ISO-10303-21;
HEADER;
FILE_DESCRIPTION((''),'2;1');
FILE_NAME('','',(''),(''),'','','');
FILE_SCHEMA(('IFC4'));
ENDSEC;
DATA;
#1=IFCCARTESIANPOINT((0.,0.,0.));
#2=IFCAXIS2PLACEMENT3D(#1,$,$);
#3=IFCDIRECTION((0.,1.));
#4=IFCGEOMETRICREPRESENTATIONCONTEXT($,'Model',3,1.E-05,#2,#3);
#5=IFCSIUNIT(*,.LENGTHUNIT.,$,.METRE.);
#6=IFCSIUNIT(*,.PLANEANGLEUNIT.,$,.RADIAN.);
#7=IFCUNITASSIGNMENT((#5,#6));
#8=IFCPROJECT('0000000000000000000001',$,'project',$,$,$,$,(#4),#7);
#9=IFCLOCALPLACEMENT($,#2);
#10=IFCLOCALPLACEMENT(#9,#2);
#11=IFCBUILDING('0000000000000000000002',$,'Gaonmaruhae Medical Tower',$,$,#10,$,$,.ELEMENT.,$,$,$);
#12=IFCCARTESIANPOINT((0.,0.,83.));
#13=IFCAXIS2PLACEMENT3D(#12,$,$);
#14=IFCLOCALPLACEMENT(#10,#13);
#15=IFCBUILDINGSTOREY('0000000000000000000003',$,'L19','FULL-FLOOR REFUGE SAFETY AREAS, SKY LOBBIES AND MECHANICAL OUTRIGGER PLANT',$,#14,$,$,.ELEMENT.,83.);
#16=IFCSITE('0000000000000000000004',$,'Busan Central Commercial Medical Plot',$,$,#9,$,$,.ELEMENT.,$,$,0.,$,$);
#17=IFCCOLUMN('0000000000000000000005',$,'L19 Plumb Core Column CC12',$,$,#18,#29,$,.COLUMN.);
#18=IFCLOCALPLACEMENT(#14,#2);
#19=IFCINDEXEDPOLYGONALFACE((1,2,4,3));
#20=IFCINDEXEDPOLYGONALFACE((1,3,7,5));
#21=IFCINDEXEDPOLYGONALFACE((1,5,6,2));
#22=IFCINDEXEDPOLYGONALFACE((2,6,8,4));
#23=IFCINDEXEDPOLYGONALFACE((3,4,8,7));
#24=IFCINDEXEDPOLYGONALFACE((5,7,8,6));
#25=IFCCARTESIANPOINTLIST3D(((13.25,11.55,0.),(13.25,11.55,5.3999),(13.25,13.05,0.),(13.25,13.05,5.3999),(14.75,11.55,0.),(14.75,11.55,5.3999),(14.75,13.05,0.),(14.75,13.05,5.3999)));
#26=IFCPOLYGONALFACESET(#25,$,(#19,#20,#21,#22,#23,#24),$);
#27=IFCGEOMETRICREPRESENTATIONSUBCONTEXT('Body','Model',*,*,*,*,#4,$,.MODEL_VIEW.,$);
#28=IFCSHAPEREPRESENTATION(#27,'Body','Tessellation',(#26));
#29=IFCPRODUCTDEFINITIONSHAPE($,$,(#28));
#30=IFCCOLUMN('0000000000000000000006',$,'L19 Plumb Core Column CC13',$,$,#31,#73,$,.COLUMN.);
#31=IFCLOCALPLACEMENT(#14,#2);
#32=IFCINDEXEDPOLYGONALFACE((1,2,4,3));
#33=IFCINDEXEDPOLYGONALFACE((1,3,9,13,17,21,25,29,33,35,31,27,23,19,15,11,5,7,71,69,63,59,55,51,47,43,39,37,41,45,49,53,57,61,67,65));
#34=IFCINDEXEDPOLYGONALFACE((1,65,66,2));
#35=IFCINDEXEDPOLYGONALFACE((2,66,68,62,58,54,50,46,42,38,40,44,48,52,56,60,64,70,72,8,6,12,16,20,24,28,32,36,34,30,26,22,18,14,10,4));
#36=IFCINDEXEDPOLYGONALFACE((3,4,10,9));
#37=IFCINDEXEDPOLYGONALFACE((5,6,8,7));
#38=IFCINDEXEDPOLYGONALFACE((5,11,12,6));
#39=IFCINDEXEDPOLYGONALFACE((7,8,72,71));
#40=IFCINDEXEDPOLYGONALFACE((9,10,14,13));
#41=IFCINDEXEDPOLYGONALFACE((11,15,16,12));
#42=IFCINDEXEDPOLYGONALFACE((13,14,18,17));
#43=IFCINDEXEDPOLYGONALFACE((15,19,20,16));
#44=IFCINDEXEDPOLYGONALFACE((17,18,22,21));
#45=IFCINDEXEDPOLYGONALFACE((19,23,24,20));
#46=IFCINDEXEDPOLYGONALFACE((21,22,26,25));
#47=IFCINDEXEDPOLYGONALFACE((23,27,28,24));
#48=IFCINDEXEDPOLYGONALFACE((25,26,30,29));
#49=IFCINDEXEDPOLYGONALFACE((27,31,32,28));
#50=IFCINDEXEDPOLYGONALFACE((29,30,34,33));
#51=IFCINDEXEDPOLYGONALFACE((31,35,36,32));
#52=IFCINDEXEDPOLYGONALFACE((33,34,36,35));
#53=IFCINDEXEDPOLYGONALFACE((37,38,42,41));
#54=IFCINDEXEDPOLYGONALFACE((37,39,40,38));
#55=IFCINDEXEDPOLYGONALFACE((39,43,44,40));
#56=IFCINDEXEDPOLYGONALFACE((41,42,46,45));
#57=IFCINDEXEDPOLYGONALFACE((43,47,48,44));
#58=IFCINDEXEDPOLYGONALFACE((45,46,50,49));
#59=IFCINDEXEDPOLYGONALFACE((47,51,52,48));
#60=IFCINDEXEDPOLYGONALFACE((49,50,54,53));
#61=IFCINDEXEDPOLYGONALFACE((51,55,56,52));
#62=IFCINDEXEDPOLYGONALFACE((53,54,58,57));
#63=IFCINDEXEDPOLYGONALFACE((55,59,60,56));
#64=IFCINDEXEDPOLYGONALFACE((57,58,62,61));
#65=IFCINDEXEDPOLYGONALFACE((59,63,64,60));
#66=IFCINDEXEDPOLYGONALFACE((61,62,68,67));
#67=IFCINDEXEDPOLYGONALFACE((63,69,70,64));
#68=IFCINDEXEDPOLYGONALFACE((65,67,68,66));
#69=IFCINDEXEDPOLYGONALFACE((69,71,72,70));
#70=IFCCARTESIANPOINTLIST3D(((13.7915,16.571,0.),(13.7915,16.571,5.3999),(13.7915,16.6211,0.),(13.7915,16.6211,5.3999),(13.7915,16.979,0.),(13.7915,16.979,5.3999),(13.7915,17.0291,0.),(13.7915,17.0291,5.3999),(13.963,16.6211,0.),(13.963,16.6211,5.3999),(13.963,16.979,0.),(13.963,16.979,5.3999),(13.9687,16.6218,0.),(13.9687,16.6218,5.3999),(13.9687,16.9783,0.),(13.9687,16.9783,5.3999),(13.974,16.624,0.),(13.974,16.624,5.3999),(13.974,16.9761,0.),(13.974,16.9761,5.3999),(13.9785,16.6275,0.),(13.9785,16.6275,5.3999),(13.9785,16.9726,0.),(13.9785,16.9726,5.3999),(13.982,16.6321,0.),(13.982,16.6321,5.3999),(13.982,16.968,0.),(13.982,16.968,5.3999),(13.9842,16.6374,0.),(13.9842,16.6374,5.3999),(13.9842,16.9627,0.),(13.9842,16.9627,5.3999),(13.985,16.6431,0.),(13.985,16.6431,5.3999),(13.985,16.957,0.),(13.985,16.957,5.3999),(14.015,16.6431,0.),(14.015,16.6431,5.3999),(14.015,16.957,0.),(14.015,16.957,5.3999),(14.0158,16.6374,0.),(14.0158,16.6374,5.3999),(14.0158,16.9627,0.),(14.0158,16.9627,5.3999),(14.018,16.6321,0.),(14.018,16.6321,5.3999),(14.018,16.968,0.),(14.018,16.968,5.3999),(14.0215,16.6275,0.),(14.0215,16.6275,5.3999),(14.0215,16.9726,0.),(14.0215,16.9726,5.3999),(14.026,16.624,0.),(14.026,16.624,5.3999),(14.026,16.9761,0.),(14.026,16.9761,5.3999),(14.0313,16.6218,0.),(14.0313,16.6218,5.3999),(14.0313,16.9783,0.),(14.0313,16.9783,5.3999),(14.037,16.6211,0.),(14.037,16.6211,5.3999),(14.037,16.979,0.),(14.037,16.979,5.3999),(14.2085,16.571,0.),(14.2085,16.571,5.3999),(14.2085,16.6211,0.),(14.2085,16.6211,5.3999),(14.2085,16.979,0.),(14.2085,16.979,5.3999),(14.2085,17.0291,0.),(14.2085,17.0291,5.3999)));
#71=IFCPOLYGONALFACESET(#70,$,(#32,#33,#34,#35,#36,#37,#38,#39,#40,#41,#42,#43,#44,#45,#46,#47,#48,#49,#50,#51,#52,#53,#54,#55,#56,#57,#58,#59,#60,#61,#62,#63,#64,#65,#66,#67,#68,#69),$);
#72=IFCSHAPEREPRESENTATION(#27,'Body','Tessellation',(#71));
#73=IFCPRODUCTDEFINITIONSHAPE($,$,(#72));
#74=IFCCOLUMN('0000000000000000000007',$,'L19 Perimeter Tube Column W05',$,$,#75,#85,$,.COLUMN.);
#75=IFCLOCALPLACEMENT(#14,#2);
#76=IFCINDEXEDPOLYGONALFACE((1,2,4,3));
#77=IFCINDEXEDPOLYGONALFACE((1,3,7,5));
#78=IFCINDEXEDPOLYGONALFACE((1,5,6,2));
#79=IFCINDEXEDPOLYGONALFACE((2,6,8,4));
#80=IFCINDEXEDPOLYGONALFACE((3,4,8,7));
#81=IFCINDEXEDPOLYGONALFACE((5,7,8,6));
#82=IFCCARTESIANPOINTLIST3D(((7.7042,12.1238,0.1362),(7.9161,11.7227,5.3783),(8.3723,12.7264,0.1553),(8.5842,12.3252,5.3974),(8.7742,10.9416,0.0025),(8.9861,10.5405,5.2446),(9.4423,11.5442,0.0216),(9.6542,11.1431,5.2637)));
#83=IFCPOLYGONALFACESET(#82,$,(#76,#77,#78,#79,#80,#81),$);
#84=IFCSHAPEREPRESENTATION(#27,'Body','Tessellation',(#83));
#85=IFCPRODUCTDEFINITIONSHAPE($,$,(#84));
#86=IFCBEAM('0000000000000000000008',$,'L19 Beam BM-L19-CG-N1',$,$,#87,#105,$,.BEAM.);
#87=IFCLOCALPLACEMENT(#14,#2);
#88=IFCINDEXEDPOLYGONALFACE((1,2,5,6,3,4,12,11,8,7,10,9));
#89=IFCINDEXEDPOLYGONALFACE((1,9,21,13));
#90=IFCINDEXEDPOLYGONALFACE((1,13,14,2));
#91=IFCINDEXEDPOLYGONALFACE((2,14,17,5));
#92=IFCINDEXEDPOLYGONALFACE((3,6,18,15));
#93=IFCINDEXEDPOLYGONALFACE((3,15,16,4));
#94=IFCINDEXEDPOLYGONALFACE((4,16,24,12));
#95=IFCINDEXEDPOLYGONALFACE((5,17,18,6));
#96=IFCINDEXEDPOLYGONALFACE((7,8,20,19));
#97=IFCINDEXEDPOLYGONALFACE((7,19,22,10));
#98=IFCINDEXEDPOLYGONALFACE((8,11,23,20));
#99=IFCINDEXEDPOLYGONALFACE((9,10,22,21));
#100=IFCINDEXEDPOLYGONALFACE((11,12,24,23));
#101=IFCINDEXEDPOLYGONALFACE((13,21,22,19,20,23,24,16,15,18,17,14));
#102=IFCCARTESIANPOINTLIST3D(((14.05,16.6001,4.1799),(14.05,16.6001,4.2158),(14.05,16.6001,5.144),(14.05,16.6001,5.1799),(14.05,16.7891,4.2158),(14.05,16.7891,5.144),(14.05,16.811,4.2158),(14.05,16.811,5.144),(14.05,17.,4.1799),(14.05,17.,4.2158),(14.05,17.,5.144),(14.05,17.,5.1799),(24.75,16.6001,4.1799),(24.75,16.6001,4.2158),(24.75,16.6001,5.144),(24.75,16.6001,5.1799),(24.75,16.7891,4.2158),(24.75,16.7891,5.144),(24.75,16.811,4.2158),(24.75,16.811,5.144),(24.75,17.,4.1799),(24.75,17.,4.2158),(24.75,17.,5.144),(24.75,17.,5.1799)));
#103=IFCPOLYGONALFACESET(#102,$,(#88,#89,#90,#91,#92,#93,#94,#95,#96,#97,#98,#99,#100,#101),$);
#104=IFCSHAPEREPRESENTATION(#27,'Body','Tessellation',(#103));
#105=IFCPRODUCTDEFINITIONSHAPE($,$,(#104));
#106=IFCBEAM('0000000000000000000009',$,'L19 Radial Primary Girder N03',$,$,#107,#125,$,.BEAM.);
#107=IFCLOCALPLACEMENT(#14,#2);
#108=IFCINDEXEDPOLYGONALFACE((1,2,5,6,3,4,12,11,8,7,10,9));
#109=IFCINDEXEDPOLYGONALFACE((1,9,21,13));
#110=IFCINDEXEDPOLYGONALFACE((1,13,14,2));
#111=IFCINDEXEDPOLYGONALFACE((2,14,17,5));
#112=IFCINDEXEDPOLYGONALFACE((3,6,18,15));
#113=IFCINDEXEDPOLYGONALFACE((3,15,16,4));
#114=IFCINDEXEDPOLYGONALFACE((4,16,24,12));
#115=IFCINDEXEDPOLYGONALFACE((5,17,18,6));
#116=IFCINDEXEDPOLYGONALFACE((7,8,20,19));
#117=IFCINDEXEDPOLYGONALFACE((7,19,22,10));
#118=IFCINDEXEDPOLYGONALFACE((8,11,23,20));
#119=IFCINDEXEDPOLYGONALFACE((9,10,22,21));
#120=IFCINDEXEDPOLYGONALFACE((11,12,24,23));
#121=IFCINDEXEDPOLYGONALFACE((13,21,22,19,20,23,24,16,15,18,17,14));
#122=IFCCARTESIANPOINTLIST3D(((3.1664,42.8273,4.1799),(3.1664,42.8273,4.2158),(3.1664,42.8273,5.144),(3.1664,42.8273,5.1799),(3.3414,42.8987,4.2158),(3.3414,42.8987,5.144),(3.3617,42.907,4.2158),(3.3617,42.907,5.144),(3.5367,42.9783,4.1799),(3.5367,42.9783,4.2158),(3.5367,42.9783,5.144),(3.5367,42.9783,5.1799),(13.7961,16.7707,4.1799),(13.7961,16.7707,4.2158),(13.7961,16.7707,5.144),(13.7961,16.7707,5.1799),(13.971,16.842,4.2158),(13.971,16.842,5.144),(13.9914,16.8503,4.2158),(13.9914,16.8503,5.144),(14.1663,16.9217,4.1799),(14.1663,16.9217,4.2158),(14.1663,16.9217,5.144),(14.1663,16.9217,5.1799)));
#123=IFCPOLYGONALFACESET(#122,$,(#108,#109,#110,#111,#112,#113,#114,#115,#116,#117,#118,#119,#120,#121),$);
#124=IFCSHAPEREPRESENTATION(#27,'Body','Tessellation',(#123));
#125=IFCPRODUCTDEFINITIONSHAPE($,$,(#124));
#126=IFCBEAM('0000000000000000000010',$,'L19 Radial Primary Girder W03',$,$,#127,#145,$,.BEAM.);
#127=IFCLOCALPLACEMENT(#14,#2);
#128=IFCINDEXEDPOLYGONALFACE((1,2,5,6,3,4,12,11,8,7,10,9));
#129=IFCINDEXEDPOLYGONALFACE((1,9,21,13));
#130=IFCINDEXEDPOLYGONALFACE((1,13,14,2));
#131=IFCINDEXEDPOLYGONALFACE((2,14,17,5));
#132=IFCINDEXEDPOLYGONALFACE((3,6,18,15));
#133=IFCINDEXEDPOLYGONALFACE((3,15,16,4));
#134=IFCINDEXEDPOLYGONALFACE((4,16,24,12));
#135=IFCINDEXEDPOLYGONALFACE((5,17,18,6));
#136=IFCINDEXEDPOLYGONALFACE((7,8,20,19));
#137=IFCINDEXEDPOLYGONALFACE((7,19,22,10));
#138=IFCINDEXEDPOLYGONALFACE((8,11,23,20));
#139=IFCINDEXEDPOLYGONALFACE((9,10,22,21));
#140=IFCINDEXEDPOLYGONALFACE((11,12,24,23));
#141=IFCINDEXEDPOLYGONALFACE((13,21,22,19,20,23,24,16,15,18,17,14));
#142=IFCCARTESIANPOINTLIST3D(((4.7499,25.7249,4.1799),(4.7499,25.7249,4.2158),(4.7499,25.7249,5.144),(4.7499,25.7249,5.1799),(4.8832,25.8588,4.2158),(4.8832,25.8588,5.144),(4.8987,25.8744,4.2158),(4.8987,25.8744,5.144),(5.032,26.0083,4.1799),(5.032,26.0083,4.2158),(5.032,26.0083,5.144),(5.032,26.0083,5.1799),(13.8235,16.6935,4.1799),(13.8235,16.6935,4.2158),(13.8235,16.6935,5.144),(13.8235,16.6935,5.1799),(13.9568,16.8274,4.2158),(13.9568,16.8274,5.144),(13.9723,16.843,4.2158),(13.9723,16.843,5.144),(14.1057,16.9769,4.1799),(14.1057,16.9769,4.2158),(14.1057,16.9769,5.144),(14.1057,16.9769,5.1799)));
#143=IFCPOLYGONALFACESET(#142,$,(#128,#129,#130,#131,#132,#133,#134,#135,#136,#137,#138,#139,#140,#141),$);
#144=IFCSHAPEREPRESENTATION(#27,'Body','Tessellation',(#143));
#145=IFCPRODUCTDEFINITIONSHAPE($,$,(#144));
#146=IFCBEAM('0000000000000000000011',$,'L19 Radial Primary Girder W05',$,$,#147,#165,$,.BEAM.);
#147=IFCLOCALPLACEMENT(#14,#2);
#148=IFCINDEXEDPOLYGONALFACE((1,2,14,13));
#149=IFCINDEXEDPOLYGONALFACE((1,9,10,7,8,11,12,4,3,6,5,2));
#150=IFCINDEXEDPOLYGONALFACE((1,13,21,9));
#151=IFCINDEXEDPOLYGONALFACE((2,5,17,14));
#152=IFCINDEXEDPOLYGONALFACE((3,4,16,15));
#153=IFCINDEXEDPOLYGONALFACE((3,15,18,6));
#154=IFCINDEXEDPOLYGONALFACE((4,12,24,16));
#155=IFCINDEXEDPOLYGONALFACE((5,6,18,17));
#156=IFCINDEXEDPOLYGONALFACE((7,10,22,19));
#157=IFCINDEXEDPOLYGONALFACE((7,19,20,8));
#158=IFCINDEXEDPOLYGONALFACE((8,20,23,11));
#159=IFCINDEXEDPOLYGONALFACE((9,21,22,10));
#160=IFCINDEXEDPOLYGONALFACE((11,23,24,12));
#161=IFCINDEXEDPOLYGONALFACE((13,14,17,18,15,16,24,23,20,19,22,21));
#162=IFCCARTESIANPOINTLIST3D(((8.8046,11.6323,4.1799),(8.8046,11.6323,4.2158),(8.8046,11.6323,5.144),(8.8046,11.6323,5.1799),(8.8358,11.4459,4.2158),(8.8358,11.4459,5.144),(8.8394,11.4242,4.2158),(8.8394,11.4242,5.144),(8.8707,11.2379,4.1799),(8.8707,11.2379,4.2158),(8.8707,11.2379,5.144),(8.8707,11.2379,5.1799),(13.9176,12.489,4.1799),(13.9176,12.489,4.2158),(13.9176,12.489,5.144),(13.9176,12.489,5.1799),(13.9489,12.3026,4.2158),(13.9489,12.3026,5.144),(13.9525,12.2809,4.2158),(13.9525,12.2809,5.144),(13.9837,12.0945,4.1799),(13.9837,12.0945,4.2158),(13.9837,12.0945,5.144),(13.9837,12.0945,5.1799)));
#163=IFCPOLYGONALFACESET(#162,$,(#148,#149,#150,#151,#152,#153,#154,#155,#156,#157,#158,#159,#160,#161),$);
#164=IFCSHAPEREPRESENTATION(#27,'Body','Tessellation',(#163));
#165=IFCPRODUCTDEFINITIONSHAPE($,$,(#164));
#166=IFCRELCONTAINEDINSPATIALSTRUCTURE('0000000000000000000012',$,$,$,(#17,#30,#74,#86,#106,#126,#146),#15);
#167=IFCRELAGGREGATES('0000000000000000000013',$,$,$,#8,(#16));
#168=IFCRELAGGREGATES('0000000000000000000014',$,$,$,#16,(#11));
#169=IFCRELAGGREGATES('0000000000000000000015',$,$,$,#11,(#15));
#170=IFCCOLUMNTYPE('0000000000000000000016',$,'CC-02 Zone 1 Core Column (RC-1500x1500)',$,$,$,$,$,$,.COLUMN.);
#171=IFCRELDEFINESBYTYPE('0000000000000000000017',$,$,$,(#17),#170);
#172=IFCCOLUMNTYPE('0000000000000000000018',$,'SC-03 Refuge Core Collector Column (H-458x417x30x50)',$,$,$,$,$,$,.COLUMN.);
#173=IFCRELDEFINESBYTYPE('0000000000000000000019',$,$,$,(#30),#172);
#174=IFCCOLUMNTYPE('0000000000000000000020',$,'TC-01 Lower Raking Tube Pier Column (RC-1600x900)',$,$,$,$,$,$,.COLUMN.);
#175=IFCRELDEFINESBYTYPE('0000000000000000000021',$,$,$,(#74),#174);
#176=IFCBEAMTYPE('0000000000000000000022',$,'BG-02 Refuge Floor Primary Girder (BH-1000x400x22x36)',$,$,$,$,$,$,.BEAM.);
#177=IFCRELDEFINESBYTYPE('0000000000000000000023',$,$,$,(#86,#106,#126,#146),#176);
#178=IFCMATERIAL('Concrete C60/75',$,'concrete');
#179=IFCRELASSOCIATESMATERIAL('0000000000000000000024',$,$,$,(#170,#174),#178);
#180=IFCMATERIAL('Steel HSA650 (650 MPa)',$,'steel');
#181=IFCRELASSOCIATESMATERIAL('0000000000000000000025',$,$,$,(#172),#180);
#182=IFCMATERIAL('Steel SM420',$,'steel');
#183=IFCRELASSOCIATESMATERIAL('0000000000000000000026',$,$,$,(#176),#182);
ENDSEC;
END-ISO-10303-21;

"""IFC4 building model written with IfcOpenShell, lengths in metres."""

from ifc_helpers import new_model, si_unit, direction, frame, origin, origin_2d, place, context, subcontext, project, spatial, rectangle, i_section, extrude, material, material_profile, profile_set, type_object, element, save


model = new_model("IFC4")

# Units and contexts
model_context = context("Model", 3, precision=1e-05, world=origin(), true_north=direction((0.0, 1.0)))
body_context = subcontext(model_context, "Body", "Model", "MODEL_VIEW")
ifc_project = project(units=[si_unit("LENGTHUNIT", "METRE"), si_unit("PLANEANGLEUNIT", "RADIAN")], contexts=[model_context])

# Site, building, storey
site_placement = place(None, origin())
site = spatial("IfcSite", under=ifc_project, at=site_placement, Name="Busan Central Commercial Medical Plot", CompositionType="ELEMENT", RefElevation=0.0)
building_placement = place(site_placement, origin())
building = spatial("IfcBuilding", under=site, at=building_placement, Name="Gaonmaruhae Medical Tower", CompositionType="ELEMENT")
storey_placement = place(building_placement, frame((0.0, 0.0, 83.0)))
storey = spatial("IfcBuildingStorey", under=building, at=storey_placement, Name="L19", Description="FULL-FLOOR REFUGE SAFETY AREAS, SKY LOBBIES AND MECHANICAL OUTRIGGER PLANT", CompositionType="ELEMENT", Elevation=83.0)

# Columns
ifc_material_1 = material(Name="Concrete C60/75", Category="concrete")
ifc_material_profile_1 = material_profile(ifc_material_1, rectangle(XDim=1.5, YDim=1.5, at=origin_2d()), Name="RC-1500x1500")
ifc_profile_set_1 = profile_set([ifc_material_profile_1], Name="Concrete C60/75")
column_type_1 = type_object("IfcColumnType", Name="CC-02 Zone 1 Core Column (RC-1500x1500)", PredefinedType="COLUMN", material=ifc_profile_set_1)
column_1_placement = place(storey_placement, frame((14.0, 12.3, 0.0), z_axis=(0.0, 0.0, 1.0), x_axis=(1.0, 0.0, 0.0)))
element("IfcColumn", 1, at=column_1_placement, inside=storey, type_object=column_type_1, Name="L19 Plumb Core Column CC12", PredefinedType="COLUMN", context=body_context, shape_type="SweptSolid", body=[
    extrude(rectangle(XDim=1.5, YDim=1.5, at=origin_2d()), origin(), (0.0, 0.0, 1.0), 5.3999),
])
ifc_material_2 = material(Name="Steel HSA650 (650 MPa)", Category="steel")
ifc_material_profile_2 = material_profile(ifc_material_2, i_section(OverallWidth=0.417, OverallDepth=0.458, WebThickness=0.03, FlangeThickness=0.05, FilletRadius=0.022, at=origin_2d()), Name="H-458x417x30x50")
ifc_profile_set_2 = profile_set([ifc_material_profile_2], Name="Steel HSA650 (650 MPa)")
column_type_2 = type_object("IfcColumnType", Name="SC-03 Refuge Core Collector Column (H-458x417x30x50)", PredefinedType="COLUMN", material=ifc_profile_set_2)
column_2_placement = place(storey_placement, frame((14.0, 16.8, 0.0), z_axis=(0.0, 0.0, 1.0), x_axis=(1.0, 0.0, 0.0)))
element("IfcColumn", 2, at=column_2_placement, inside=storey, type_object=column_type_2, Name="L19 Plumb Core Column CC13", PredefinedType="COLUMN", context=body_context, shape_type="SweptSolid", body=[
    extrude(i_section(OverallWidth=0.417, OverallDepth=0.458, WebThickness=0.03, FlangeThickness=0.05, FilletRadius=0.022, at=origin_2d()), origin(), (0.0, 0.0, 1.0), 5.3999),
])
ifc_material_profile_3 = material_profile(ifc_material_1, rectangle(XDim=1.6001, YDim=0.8999, at=origin_2d()), Name="RC-1600x900")
ifc_profile_set_3 = profile_set([ifc_material_profile_3], Name="Concrete C60/75")
column_type_3 = type_object("IfcColumnType", Name="TC-01 Lower Raking Tube Pier Column (RC-1600x900)", PredefinedType="COLUMN", material=ifc_profile_set_3)
column_3_placement = place(storey_placement, frame((8.5732, 11.834, 0.0789), z_axis=(0.040274, -0.076233, 0.996276), x_axis=(-0.668709, 0.738813, 0.083565)))
element("IfcColumn", 3, at=column_3_placement, inside=storey, type_object=column_type_3, Name="L19 Perimeter Tube Column W05", PredefinedType="COLUMN", context=body_context, shape_type="SweptSolid", body=[
    extrude(rectangle(XDim=1.6001, YDim=0.8999, at=origin_2d()), origin(), (0.0, 0.0, 1.0), 5.2617),
])

# Beams
ifc_material_3 = material(Name="Steel SM420", Category="steel")
ifc_material_profile_4 = material_profile(ifc_material_3, i_section(OverallWidth=0.3999, OverallDepth=1.0, WebThickness=0.022, FlangeThickness=0.0359, at=origin_2d()), Name="BH-1000x400x22x36")
ifc_profile_set_4 = profile_set([ifc_material_profile_4], Name="Steel SM420")
beam_type_1 = type_object("IfcBeamType", Name="BG-02 Refuge Floor Primary Girder (BH-1000x400x22x36)", PredefinedType="BEAM", material=ifc_profile_set_4)
beam_1_placement = place(storey_placement, frame((14.05, 16.8, 4.6799), z_axis=(1.0, 0.0, 0.0), x_axis=(0.0, 1.0, 0.0)))
element("IfcBeam", 4, at=beam_1_placement, inside=storey, type_object=beam_type_1, Name="L19 Beam BM-L19-CG-N1", PredefinedType="BEAM", context=body_context, shape_type="SweptSolid", body=[
    extrude(i_section(OverallWidth=0.3999, OverallDepth=1.0, WebThickness=0.022, FlangeThickness=0.0359, at=origin_2d()), origin(), (0.0, 0.0, 1.0), 10.7),
])
beam_2_placement = place(storey_placement, frame((13.9812, 16.8462, 4.6799), z_axis=(-0.377723, 0.925919, 0.0), x_axis=(-0.925919, -0.377723, 0.0)))
element("IfcBeam", 5, at=beam_2_placement, inside=storey, type_object=beam_type_1, Name="L19 Radial Primary Girder N03", PredefinedType="BEAM", context=body_context, shape_type="SweptSolid", body=[
    extrude(i_section(OverallWidth=0.3999, OverallDepth=1.0, WebThickness=0.022, FlangeThickness=0.0359, at=origin_2d()), origin(), (0.0, 0.0, 1.0), 28.1414),
])
beam_3_placement = place(storey_placement, frame((13.9646, 16.8352, 4.6799), z_axis=(-0.708754, 0.705455, 0.0), x_axis=(-0.705455, -0.708754, 0.0)))
element("IfcBeam", 6, at=beam_3_placement, inside=storey, type_object=beam_type_1, Name="L19 Radial Primary Girder W03", PredefinedType="BEAM", context=body_context, shape_type="SweptSolid", body=[
    extrude(i_section(OverallWidth=0.3999, OverallDepth=1.0, WebThickness=0.022, FlangeThickness=0.0359, at=origin_2d()), origin(), (0.0, 0.0, 1.0), 12.8022),
])
beam_4_placement = place(storey_placement, frame((13.9507, 12.2917, 4.6799), z_axis=(-0.986252, -0.165247, 0.0), x_axis=(0.165247, -0.986252, 0.0)))
element("IfcBeam", 7, at=beam_4_placement, inside=storey, type_object=beam_type_1, Name="L19 Radial Primary Girder W05", PredefinedType="BEAM", context=body_context, shape_type="SweptSolid", body=[
    extrude(i_section(OverallWidth=0.3999, OverallDepth=1.0, WebThickness=0.022, FlangeThickness=0.0359, at=origin_2d()), origin(), (0.0, 0.0, 1.0), 5.1843),
])

save(model, "model.ifc")
